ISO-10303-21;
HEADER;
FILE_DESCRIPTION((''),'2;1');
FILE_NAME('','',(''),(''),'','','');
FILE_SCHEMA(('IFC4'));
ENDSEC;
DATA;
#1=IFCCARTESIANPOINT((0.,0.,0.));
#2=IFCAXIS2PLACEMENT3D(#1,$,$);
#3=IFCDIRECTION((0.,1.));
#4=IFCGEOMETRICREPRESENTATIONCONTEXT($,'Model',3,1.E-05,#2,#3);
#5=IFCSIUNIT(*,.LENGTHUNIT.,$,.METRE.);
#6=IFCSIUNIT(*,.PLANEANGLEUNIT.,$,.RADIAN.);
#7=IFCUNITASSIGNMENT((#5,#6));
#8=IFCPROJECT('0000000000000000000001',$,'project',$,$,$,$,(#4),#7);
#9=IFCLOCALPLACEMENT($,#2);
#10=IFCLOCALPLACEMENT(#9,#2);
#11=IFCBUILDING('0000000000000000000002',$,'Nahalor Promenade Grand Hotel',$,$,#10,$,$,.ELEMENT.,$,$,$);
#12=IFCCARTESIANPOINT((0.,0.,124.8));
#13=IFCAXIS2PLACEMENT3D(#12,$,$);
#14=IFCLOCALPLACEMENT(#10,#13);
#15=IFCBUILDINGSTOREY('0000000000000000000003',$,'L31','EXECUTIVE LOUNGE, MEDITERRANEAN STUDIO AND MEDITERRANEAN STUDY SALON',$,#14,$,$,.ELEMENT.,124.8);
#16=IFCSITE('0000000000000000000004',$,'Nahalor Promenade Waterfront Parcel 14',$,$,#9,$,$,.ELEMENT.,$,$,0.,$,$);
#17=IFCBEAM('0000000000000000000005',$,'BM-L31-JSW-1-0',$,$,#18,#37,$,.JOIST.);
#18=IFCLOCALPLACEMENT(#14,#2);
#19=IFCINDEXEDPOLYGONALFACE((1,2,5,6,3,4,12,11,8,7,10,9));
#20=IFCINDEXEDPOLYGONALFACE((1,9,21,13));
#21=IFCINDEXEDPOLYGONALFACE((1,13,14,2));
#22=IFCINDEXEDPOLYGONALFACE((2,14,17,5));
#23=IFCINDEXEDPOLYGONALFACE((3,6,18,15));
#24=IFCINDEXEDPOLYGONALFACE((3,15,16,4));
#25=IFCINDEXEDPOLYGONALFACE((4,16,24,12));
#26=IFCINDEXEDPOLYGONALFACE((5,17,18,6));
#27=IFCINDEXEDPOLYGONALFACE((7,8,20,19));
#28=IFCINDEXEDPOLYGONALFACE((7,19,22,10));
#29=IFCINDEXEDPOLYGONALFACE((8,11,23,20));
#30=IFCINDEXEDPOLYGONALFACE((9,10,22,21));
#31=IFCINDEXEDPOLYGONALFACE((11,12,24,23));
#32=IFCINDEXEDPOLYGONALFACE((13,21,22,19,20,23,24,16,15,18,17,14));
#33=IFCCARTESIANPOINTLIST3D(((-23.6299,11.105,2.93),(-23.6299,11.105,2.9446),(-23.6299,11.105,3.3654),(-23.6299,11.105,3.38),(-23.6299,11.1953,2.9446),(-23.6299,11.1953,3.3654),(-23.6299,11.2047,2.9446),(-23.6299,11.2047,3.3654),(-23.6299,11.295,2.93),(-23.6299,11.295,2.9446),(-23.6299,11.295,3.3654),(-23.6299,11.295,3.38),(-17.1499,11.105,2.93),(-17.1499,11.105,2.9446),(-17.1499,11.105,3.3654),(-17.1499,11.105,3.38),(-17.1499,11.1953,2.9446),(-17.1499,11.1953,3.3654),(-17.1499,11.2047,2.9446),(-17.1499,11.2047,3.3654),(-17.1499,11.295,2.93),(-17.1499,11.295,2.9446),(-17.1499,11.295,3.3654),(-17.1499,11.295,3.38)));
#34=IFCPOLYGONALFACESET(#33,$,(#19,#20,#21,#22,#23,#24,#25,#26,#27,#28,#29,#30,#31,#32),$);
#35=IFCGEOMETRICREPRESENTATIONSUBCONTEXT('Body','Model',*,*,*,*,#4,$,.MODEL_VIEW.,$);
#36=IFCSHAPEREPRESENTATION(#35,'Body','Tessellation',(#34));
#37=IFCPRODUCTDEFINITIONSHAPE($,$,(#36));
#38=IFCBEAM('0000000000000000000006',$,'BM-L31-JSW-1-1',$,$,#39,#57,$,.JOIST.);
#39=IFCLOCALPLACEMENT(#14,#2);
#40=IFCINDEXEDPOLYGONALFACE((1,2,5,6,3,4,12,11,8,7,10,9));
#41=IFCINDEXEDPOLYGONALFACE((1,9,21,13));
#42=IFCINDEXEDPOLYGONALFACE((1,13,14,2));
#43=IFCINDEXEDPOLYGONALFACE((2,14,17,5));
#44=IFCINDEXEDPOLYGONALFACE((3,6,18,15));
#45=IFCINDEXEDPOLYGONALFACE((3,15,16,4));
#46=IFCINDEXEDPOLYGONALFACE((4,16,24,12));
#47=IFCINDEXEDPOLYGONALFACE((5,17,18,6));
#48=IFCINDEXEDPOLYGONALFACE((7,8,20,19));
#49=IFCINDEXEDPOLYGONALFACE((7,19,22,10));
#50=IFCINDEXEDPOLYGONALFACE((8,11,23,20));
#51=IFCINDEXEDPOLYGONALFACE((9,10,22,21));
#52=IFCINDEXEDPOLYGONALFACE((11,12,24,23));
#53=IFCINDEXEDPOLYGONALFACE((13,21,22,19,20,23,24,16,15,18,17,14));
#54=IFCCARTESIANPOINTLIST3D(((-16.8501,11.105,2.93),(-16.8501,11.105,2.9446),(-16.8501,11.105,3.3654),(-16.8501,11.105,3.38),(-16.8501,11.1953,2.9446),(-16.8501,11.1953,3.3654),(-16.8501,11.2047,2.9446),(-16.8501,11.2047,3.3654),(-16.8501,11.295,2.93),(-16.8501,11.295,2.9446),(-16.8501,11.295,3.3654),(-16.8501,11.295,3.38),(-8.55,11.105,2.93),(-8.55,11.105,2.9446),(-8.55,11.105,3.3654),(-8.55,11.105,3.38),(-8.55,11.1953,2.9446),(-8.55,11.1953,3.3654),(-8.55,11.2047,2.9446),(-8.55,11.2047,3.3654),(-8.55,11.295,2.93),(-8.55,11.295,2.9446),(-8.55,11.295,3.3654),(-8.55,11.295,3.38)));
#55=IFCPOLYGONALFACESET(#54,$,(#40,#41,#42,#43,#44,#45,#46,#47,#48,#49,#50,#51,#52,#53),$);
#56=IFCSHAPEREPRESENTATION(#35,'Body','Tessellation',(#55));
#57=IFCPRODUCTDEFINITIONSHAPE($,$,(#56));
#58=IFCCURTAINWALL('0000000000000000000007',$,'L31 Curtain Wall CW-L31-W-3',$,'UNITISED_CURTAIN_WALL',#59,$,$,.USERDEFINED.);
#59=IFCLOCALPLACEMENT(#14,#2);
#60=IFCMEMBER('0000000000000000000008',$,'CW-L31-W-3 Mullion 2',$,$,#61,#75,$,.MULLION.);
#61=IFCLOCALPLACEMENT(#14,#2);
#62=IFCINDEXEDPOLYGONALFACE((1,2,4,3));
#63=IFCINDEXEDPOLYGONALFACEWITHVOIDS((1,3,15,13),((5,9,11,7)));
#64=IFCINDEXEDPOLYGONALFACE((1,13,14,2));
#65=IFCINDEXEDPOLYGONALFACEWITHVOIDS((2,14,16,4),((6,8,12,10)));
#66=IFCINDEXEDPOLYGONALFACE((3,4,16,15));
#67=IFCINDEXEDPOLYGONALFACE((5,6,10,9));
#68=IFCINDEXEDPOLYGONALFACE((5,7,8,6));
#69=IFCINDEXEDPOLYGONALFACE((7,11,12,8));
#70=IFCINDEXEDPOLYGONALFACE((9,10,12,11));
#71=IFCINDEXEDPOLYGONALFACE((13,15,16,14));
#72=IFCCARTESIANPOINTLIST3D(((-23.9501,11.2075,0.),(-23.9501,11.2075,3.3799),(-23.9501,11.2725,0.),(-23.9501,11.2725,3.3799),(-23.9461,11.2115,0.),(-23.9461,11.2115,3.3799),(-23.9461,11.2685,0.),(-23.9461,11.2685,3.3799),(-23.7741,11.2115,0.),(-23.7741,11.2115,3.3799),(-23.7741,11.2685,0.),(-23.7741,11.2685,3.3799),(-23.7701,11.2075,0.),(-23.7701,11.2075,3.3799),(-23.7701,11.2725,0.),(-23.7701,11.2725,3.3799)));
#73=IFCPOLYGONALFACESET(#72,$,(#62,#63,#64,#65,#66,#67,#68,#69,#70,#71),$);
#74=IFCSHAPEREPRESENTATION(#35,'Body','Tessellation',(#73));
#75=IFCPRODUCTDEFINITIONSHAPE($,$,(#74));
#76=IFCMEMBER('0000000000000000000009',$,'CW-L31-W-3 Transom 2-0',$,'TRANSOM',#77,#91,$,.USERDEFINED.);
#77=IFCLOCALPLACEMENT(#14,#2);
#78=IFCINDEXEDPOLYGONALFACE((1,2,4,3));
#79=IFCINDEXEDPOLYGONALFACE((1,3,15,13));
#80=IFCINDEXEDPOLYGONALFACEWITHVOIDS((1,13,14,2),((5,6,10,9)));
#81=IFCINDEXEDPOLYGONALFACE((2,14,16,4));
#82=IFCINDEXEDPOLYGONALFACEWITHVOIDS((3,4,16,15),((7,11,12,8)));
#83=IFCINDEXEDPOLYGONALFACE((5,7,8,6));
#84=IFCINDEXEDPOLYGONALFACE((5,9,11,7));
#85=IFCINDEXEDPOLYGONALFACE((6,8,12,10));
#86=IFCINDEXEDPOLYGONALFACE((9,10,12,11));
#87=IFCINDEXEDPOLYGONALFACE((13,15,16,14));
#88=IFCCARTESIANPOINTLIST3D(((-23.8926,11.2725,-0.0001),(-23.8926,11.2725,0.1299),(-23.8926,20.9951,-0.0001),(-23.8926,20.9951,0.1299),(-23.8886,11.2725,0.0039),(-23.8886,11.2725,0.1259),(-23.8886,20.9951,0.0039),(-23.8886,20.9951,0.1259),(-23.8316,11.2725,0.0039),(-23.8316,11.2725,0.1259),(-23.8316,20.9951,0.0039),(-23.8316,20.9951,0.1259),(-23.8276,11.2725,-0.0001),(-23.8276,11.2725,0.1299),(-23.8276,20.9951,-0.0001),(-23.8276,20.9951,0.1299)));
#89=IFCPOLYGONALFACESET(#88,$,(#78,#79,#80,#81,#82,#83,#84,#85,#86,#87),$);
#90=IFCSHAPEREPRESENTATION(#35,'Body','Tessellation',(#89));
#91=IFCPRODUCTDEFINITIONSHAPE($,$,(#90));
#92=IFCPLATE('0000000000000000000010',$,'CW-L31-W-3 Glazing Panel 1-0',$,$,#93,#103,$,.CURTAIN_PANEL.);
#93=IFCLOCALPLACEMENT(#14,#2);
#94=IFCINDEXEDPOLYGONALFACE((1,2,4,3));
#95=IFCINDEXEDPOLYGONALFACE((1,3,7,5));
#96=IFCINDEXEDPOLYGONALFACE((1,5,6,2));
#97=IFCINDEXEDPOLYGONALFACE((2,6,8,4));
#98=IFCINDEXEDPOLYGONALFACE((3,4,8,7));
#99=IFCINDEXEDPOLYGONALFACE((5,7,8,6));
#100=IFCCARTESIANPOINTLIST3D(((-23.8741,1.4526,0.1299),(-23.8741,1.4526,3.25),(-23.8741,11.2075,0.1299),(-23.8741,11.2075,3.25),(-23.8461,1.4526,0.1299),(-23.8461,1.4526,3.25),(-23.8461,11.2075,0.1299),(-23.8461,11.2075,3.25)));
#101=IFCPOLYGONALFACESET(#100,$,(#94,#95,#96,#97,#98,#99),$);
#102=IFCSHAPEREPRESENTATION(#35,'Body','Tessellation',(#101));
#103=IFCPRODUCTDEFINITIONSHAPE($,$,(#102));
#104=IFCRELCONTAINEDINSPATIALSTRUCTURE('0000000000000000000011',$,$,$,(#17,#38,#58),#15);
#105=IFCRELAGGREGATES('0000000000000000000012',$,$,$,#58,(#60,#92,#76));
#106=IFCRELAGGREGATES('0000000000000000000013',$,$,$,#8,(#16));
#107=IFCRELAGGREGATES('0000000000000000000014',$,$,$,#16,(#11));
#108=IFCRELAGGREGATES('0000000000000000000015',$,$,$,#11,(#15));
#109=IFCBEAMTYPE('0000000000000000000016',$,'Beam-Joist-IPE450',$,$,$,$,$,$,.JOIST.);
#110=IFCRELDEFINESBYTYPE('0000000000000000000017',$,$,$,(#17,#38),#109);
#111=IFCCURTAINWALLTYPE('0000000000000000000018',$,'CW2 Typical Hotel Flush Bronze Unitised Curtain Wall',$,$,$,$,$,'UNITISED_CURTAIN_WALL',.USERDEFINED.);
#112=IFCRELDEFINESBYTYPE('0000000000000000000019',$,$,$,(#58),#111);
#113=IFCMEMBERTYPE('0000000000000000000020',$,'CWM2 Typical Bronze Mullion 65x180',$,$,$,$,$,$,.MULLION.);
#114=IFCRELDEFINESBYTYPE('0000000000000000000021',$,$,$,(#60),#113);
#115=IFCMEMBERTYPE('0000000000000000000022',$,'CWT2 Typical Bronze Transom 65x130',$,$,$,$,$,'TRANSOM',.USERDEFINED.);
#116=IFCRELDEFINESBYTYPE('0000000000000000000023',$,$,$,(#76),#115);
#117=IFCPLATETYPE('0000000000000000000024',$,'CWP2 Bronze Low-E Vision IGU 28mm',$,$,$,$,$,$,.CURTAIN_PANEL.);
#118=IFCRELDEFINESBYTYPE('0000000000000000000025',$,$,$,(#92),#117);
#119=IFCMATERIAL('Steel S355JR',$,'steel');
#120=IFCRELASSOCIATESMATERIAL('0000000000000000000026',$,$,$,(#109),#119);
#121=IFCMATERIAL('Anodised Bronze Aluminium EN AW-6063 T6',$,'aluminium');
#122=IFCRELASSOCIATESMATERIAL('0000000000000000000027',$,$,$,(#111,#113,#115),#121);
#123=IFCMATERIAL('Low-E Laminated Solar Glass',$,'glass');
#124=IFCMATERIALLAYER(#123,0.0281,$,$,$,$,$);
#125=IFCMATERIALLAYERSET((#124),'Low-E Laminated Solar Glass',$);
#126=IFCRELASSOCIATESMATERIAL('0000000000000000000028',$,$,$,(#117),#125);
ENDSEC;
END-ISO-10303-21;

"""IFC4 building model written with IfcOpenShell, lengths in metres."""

from ifc_helpers import new_model, si_unit, direction, frame, origin, origin_2d, place, context, subcontext, project, spatial, rectangle, hollow_rectangle, i_section, extrude, source, transform, mapped, material, layer, layer_set, material_profile, profile_set, type_object, element, aggregate, save


model = new_model("IFC4")

# Units and contexts
model_context = context("Model", 3, precision=1e-05, world=origin(), true_north=direction((0.0, 1.0)))
body_context = subcontext(model_context, "Body", "Model", "MODEL_VIEW")
ifc_project = project(units=[si_unit("LENGTHUNIT", "METRE"), si_unit("PLANEANGLEUNIT", "RADIAN")], contexts=[model_context])

# Site, building, storey
site_placement = place(None, origin())
site = spatial("IfcSite", under=ifc_project, at=site_placement, Name="Nahalor Promenade Waterfront Parcel 14", CompositionType="ELEMENT", RefElevation=0.0)
building_placement = place(site_placement, origin())
building = spatial("IfcBuilding", under=site, at=building_placement, Name="Nahalor Promenade Grand Hotel", CompositionType="ELEMENT")
storey_placement = place(building_placement, frame((0.0, 0.0, 124.8)))
storey = spatial("IfcBuildingStorey", under=building, at=storey_placement, Name="L31", Description="EXECUTIVE LOUNGE, MEDITERRANEAN STUDIO AND MEDITERRANEAN STUDY SALON", CompositionType="ELEMENT", Elevation=124.8)

# Beams
ifc_material_1 = material(Name="Steel S355JR", Category="steel")
ifc_material_profile_1 = material_profile(ifc_material_1, i_section(OverallWidth=0.19, OverallDepth=0.45, WebThickness=0.0094, FlangeThickness=0.0146, at=origin_2d()), Name="IPE 450")
ifc_profile_set_1 = profile_set([ifc_material_profile_1], Name="Steel S355JR")
beam_type_1 = type_object("IfcBeamType", Name="Beam-Joist-IPE450", PredefinedType="JOIST", material=ifc_profile_set_1)
shared_shape_1 = source(origin(), body_context, "Body", "SweptSolid", [
    extrude(i_section(OverallWidth=0.19, OverallDepth=0.45, WebThickness=0.0094, FlangeThickness=0.0146, at=origin_2d()), origin(), (0.0, 0.0, 1.0), 6.48),
])
beam_1_placement = place(storey_placement, frame((-23.6299, 11.2, 3.155), z_axis=(1.0, 0.0, 0.0), x_axis=(0.0, 1.0, 0.0)))
element("IfcBeam", 1, at=beam_1_placement, inside=storey, type_object=beam_type_1, Name="BM-L31-JSW-1-0", PredefinedType="JOIST", context=body_context, shape_type="MappedRepresentation", body=[
    mapped(shared_shape_1, transform((0.0, 0.0, 0.0), scale=1.0)),
])
shared_shape_2 = source(origin(), body_context, "Body", "SweptSolid", [
    extrude(i_section(OverallWidth=0.19, OverallDepth=0.45, WebThickness=0.0094, FlangeThickness=0.0146, at=origin_2d()), origin(), (0.0, 0.0, 1.0), 8.3),
])
beam_2_placement = place(storey_placement, frame((-16.8501, 11.2, 3.155), z_axis=(1.0, 0.0, 0.0), x_axis=(0.0, 1.0, 0.0)))
element("IfcBeam", 2, at=beam_2_placement, inside=storey, type_object=beam_type_1, Name="BM-L31-JSW-1-1", PredefinedType="JOIST", context=body_context, shape_type="MappedRepresentation", body=[
    mapped(shared_shape_2, transform((0.0, 0.0, 0.0), scale=1.0)),
])

# Curtain wall, members, plate
ifc_material_2 = material(Name="Anodised Bronze Aluminium EN AW-6063 T6", Category="aluminium")
curtain_wall_type = type_object("IfcCurtainWallType", Name="CW2 Typical Hotel Flush Bronze Unitised Curtain Wall", ElementType="UNITISED_CURTAIN_WALL", PredefinedType="USERDEFINED", material=ifc_material_2)
curtain_wall_placement = place(storey_placement, origin())
curtain_wall = element("IfcCurtainWall", 3, at=curtain_wall_placement, inside=storey, type_object=curtain_wall_type, Name="L31 Curtain Wall CW-L31-W-3", ObjectType="UNITISED_CURTAIN_WALL", PredefinedType="USERDEFINED")
ifc_material_profile_2 = material_profile(ifc_material_2, hollow_rectangle(XDim=0.065, YDim=0.18, WallThickness=0.004, at=origin_2d()), Name="CWM 65x180x4")
ifc_profile_set_2 = profile_set([ifc_material_profile_2], Name="Anodised Bronze Aluminium EN AW-6063 T6")
member_type_1 = type_object("IfcMemberType", Name="CWM2 Typical Bronze Mullion 65x180", PredefinedType="MULLION", material=ifc_profile_set_2)
shared_shape_3 = source(origin(), body_context, "Body", "SweptSolid", [
    extrude(hollow_rectangle(XDim=0.065, YDim=0.18, WallThickness=0.004, at=origin_2d()), origin(), (0.0, 0.0, 1.0), 3.3799),
])
member_1_placement = place(storey_placement, frame((-23.8601, 11.24, 0.0), z_axis=(0.0, 0.0, 1.0), x_axis=(0.0, 1.0, 0.0)))
member_1 = element("IfcMember", 4, at=member_1_placement, type_object=member_type_1, Name="CW-L31-W-3 Mullion 2", PredefinedType="MULLION", context=body_context, shape_type="MappedRepresentation", body=[
    mapped(shared_shape_3, transform((0.0, 0.0, 0.0), scale=1.0)),
])
ifc_material_profile_3 = material_profile(ifc_material_2, hollow_rectangle(XDim=0.065, YDim=0.13, WallThickness=0.004, at=origin_2d()), Name="CWT 65x130x4")
ifc_profile_set_3 = profile_set([ifc_material_profile_3], Name="Anodised Bronze Aluminium EN AW-6063 T6")
member_type_2 = type_object("IfcMemberType", Name="CWT2 Typical Bronze Transom 65x130", ElementType="TRANSOM", PredefinedType="USERDEFINED", material=ifc_profile_set_3)
shared_shape_4 = source(origin(), body_context, "Body", "SweptSolid", [
    extrude(hollow_rectangle(XDim=0.065, YDim=0.13, WallThickness=0.004, at=origin_2d()), origin(), (0.0, 0.0, 1.0), 9.7227),
])
member_2_placement = place(storey_placement, frame((-23.8601, 11.2725, 0.0649), z_axis=(0.0, 1.0, 0.0), x_axis=(-1.0, 0.0, 0.0)))
member_2 = element("IfcMember", 5, at=member_2_placement, type_object=member_type_2, Name="CW-L31-W-3 Transom 2-0", ObjectType="TRANSOM", PredefinedType="USERDEFINED", context=body_context, shape_type="MappedRepresentation", body=[
    mapped(shared_shape_4, transform((0.0, 0.0, 0.0), scale=1.0)),
])
ifc_material_3 = material(Name="Low-E Laminated Solar Glass", Category="glass")
ifc_layer = layer(ifc_material_3, 0.0281)
ifc_layer_set = layer_set([ifc_layer], Name="Low-E Laminated Solar Glass")
plate_type = type_object("IfcPlateType", Name="CWP2 Bronze Low-E Vision IGU 28mm", PredefinedType="CURTAIN_PANEL", material=ifc_layer_set)
shared_shape_5 = source(origin(), body_context, "Body", "SweptSolid", [
    extrude(rectangle(XDim=9.7549, YDim=0.0281, at=origin_2d()), origin(), (0.0, 0.0, 1.0), 3.1201),
])
plate_placement = place(storey_placement, frame((-23.8601, 6.3301, 0.1299), z_axis=(0.0, 0.0, 1.0), x_axis=(0.0, 1.0, 0.0)))
plate = element("IfcPlate", 6, at=plate_placement, type_object=plate_type, Name="CW-L31-W-3 Glazing Panel 1-0", PredefinedType="CURTAIN_PANEL", context=body_context, shape_type="MappedRepresentation", body=[
    mapped(shared_shape_5, transform((0.0, 0.0, 0.0), scale=1.0)),
])
aggregate(curtain_wall, [member_1, plate, member_2])

save(model, "model.ifc")
